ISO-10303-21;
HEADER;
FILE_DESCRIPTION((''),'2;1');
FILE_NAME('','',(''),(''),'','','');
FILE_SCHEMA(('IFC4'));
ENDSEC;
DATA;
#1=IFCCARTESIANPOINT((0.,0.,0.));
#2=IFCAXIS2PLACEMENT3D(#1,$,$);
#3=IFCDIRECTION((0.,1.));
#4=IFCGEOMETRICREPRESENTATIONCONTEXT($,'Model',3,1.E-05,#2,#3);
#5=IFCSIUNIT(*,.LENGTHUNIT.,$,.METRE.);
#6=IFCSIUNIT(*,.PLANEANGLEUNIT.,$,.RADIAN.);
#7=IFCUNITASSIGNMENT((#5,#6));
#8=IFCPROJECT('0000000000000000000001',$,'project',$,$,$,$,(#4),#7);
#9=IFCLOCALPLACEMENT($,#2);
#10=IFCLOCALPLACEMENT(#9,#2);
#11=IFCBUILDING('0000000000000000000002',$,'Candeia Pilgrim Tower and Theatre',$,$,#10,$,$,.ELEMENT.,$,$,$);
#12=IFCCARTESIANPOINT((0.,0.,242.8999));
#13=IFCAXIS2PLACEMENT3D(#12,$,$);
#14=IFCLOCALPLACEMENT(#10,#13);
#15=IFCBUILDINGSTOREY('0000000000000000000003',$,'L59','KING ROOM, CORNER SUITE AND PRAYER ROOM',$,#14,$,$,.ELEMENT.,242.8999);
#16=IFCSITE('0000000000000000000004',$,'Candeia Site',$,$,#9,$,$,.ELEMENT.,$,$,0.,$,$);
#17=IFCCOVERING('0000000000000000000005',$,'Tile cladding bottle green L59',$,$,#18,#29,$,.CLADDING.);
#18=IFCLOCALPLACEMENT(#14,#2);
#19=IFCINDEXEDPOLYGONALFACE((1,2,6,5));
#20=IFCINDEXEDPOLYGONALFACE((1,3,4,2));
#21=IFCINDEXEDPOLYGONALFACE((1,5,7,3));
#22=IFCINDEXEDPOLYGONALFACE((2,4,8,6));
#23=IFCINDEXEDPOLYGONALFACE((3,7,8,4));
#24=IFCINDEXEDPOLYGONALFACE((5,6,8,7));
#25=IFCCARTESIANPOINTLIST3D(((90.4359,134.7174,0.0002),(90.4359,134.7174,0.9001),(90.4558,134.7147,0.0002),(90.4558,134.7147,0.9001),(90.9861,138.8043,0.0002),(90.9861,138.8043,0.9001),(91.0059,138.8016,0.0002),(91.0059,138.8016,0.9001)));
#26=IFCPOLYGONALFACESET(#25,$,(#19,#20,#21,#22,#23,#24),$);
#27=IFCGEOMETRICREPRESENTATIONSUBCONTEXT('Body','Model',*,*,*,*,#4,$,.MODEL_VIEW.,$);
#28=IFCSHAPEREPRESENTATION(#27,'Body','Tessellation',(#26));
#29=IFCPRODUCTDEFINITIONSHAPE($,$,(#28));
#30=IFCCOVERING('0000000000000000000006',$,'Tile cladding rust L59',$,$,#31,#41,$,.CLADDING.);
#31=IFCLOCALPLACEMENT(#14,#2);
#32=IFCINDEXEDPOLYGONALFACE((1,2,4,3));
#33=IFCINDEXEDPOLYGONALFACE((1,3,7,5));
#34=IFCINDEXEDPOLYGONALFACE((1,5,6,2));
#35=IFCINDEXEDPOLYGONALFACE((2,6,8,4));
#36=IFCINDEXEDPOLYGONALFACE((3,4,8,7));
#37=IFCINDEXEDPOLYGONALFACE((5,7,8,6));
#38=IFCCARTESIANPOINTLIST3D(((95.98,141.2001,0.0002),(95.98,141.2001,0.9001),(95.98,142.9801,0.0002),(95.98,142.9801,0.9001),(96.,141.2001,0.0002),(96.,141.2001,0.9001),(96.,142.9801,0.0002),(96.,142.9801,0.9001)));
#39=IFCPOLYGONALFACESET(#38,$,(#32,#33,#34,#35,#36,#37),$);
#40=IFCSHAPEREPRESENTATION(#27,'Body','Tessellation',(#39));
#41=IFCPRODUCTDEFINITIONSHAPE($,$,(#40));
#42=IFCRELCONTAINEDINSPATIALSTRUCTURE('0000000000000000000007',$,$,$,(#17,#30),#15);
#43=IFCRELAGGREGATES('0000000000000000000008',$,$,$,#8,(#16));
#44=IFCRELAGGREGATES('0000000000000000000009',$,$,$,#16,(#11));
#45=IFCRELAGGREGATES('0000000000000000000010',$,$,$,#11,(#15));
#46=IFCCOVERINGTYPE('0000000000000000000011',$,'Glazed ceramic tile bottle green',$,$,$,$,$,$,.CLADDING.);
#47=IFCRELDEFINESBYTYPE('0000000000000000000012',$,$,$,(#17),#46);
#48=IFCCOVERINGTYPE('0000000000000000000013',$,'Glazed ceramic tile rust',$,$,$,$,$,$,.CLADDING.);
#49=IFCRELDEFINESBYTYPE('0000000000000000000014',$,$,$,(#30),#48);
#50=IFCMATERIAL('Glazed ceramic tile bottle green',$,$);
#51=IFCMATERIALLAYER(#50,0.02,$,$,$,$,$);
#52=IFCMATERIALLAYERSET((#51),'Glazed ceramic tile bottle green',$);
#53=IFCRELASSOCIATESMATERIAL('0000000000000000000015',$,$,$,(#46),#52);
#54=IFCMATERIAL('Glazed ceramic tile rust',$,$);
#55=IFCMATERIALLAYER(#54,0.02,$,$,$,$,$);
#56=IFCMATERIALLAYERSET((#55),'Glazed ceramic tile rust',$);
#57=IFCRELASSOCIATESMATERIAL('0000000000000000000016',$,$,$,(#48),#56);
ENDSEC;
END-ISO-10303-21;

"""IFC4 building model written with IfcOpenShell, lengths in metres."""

from ifc_helpers import new_model, si_unit, direction, frame, origin, origin_2d, place, context, subcontext, project, spatial, rectangle, extrude, material, layer, layer_set, type_object, element, save


model = new_model("IFC4")

# Units and contexts
model_context = context("Model", 3, precision=1e-05, world=origin(), true_north=direction((0.0, 1.0)))
body_context = subcontext(model_context, "Body", "Model", "MODEL_VIEW")
ifc_project = project(units=[si_unit("LENGTHUNIT", "METRE"), si_unit("PLANEANGLEUNIT", "RADIAN")], contexts=[model_context])

# Site, building, storey
site_placement = place(None, origin())
site = spatial("IfcSite", under=ifc_project, at=site_placement, Name="Candeia Site", CompositionType="ELEMENT", RefElevation=0.0)
building_placement = place(site_placement, origin())
building = spatial("IfcBuilding", under=site, at=building_placement, Name="Candeia Pilgrim Tower and Theatre", CompositionType="ELEMENT")
storey_placement = place(building_placement, frame((0.0, 0.0, 242.8999)))
storey = spatial("IfcBuildingStorey", under=building, at=storey_placement, Name="L59", Description="KING ROOM, CORNER SUITE AND PRAYER ROOM", CompositionType="ELEMENT", Elevation=242.8999)

# Coverings
ifc_material_1 = material(Name="Glazed ceramic tile bottle green")
ifc_layer_1 = layer(ifc_material_1, 0.02)
ifc_layer_set_1 = layer_set([ifc_layer_1], Name="Glazed ceramic tile bottle green")
covering_type_1 = type_object("IfcCoveringType", Name="Glazed ceramic tile bottle green", PredefinedType="CLADDING", material=ifc_layer_set_1)
covering_1_placement = place(storey_placement, frame((90.7209, 136.7595, 0.0002), z_axis=(0.0, 0.0, 1.0), x_axis=(-0.133412, -0.991061, 0.0)))
element("IfcCovering", 1, at=covering_1_placement, inside=storey, type_object=covering_type_1, Name="Tile cladding bottle green L59", PredefinedType="CLADDING", context=body_context, shape_type="SweptSolid", body=[
    extrude(rectangle(XDim=4.1238, YDim=0.02, at=origin_2d()), origin(), (0.0, 0.0, 1.0), 0.8999),
])
ifc_material_2 = material(Name="Glazed ceramic tile rust")
ifc_layer_2 = layer(ifc_material_2, 0.02)
ifc_layer_set_2 = layer_set([ifc_layer_2], Name="Glazed ceramic tile rust")
covering_type_2 = type_object("IfcCoveringType", Name="Glazed ceramic tile rust", PredefinedType="CLADDING", material=ifc_layer_set_2)
covering_2_placement = place(storey_placement, frame((95.99, 142.0901, 0.0002), z_axis=(0.0, 0.0, 1.0), x_axis=(0.0, -1.0, 0.0)))
element("IfcCovering", 2, at=covering_2_placement, inside=storey, type_object=covering_type_2, Name="Tile cladding rust L59", PredefinedType="CLADDING", context=body_context, shape_type="SweptSolid", body=[
    extrude(rectangle(XDim=1.78, YDim=0.02, at=origin_2d()), origin(), (0.0, 0.0, 1.0), 0.8999),
])

save(model, "model.ifc")
